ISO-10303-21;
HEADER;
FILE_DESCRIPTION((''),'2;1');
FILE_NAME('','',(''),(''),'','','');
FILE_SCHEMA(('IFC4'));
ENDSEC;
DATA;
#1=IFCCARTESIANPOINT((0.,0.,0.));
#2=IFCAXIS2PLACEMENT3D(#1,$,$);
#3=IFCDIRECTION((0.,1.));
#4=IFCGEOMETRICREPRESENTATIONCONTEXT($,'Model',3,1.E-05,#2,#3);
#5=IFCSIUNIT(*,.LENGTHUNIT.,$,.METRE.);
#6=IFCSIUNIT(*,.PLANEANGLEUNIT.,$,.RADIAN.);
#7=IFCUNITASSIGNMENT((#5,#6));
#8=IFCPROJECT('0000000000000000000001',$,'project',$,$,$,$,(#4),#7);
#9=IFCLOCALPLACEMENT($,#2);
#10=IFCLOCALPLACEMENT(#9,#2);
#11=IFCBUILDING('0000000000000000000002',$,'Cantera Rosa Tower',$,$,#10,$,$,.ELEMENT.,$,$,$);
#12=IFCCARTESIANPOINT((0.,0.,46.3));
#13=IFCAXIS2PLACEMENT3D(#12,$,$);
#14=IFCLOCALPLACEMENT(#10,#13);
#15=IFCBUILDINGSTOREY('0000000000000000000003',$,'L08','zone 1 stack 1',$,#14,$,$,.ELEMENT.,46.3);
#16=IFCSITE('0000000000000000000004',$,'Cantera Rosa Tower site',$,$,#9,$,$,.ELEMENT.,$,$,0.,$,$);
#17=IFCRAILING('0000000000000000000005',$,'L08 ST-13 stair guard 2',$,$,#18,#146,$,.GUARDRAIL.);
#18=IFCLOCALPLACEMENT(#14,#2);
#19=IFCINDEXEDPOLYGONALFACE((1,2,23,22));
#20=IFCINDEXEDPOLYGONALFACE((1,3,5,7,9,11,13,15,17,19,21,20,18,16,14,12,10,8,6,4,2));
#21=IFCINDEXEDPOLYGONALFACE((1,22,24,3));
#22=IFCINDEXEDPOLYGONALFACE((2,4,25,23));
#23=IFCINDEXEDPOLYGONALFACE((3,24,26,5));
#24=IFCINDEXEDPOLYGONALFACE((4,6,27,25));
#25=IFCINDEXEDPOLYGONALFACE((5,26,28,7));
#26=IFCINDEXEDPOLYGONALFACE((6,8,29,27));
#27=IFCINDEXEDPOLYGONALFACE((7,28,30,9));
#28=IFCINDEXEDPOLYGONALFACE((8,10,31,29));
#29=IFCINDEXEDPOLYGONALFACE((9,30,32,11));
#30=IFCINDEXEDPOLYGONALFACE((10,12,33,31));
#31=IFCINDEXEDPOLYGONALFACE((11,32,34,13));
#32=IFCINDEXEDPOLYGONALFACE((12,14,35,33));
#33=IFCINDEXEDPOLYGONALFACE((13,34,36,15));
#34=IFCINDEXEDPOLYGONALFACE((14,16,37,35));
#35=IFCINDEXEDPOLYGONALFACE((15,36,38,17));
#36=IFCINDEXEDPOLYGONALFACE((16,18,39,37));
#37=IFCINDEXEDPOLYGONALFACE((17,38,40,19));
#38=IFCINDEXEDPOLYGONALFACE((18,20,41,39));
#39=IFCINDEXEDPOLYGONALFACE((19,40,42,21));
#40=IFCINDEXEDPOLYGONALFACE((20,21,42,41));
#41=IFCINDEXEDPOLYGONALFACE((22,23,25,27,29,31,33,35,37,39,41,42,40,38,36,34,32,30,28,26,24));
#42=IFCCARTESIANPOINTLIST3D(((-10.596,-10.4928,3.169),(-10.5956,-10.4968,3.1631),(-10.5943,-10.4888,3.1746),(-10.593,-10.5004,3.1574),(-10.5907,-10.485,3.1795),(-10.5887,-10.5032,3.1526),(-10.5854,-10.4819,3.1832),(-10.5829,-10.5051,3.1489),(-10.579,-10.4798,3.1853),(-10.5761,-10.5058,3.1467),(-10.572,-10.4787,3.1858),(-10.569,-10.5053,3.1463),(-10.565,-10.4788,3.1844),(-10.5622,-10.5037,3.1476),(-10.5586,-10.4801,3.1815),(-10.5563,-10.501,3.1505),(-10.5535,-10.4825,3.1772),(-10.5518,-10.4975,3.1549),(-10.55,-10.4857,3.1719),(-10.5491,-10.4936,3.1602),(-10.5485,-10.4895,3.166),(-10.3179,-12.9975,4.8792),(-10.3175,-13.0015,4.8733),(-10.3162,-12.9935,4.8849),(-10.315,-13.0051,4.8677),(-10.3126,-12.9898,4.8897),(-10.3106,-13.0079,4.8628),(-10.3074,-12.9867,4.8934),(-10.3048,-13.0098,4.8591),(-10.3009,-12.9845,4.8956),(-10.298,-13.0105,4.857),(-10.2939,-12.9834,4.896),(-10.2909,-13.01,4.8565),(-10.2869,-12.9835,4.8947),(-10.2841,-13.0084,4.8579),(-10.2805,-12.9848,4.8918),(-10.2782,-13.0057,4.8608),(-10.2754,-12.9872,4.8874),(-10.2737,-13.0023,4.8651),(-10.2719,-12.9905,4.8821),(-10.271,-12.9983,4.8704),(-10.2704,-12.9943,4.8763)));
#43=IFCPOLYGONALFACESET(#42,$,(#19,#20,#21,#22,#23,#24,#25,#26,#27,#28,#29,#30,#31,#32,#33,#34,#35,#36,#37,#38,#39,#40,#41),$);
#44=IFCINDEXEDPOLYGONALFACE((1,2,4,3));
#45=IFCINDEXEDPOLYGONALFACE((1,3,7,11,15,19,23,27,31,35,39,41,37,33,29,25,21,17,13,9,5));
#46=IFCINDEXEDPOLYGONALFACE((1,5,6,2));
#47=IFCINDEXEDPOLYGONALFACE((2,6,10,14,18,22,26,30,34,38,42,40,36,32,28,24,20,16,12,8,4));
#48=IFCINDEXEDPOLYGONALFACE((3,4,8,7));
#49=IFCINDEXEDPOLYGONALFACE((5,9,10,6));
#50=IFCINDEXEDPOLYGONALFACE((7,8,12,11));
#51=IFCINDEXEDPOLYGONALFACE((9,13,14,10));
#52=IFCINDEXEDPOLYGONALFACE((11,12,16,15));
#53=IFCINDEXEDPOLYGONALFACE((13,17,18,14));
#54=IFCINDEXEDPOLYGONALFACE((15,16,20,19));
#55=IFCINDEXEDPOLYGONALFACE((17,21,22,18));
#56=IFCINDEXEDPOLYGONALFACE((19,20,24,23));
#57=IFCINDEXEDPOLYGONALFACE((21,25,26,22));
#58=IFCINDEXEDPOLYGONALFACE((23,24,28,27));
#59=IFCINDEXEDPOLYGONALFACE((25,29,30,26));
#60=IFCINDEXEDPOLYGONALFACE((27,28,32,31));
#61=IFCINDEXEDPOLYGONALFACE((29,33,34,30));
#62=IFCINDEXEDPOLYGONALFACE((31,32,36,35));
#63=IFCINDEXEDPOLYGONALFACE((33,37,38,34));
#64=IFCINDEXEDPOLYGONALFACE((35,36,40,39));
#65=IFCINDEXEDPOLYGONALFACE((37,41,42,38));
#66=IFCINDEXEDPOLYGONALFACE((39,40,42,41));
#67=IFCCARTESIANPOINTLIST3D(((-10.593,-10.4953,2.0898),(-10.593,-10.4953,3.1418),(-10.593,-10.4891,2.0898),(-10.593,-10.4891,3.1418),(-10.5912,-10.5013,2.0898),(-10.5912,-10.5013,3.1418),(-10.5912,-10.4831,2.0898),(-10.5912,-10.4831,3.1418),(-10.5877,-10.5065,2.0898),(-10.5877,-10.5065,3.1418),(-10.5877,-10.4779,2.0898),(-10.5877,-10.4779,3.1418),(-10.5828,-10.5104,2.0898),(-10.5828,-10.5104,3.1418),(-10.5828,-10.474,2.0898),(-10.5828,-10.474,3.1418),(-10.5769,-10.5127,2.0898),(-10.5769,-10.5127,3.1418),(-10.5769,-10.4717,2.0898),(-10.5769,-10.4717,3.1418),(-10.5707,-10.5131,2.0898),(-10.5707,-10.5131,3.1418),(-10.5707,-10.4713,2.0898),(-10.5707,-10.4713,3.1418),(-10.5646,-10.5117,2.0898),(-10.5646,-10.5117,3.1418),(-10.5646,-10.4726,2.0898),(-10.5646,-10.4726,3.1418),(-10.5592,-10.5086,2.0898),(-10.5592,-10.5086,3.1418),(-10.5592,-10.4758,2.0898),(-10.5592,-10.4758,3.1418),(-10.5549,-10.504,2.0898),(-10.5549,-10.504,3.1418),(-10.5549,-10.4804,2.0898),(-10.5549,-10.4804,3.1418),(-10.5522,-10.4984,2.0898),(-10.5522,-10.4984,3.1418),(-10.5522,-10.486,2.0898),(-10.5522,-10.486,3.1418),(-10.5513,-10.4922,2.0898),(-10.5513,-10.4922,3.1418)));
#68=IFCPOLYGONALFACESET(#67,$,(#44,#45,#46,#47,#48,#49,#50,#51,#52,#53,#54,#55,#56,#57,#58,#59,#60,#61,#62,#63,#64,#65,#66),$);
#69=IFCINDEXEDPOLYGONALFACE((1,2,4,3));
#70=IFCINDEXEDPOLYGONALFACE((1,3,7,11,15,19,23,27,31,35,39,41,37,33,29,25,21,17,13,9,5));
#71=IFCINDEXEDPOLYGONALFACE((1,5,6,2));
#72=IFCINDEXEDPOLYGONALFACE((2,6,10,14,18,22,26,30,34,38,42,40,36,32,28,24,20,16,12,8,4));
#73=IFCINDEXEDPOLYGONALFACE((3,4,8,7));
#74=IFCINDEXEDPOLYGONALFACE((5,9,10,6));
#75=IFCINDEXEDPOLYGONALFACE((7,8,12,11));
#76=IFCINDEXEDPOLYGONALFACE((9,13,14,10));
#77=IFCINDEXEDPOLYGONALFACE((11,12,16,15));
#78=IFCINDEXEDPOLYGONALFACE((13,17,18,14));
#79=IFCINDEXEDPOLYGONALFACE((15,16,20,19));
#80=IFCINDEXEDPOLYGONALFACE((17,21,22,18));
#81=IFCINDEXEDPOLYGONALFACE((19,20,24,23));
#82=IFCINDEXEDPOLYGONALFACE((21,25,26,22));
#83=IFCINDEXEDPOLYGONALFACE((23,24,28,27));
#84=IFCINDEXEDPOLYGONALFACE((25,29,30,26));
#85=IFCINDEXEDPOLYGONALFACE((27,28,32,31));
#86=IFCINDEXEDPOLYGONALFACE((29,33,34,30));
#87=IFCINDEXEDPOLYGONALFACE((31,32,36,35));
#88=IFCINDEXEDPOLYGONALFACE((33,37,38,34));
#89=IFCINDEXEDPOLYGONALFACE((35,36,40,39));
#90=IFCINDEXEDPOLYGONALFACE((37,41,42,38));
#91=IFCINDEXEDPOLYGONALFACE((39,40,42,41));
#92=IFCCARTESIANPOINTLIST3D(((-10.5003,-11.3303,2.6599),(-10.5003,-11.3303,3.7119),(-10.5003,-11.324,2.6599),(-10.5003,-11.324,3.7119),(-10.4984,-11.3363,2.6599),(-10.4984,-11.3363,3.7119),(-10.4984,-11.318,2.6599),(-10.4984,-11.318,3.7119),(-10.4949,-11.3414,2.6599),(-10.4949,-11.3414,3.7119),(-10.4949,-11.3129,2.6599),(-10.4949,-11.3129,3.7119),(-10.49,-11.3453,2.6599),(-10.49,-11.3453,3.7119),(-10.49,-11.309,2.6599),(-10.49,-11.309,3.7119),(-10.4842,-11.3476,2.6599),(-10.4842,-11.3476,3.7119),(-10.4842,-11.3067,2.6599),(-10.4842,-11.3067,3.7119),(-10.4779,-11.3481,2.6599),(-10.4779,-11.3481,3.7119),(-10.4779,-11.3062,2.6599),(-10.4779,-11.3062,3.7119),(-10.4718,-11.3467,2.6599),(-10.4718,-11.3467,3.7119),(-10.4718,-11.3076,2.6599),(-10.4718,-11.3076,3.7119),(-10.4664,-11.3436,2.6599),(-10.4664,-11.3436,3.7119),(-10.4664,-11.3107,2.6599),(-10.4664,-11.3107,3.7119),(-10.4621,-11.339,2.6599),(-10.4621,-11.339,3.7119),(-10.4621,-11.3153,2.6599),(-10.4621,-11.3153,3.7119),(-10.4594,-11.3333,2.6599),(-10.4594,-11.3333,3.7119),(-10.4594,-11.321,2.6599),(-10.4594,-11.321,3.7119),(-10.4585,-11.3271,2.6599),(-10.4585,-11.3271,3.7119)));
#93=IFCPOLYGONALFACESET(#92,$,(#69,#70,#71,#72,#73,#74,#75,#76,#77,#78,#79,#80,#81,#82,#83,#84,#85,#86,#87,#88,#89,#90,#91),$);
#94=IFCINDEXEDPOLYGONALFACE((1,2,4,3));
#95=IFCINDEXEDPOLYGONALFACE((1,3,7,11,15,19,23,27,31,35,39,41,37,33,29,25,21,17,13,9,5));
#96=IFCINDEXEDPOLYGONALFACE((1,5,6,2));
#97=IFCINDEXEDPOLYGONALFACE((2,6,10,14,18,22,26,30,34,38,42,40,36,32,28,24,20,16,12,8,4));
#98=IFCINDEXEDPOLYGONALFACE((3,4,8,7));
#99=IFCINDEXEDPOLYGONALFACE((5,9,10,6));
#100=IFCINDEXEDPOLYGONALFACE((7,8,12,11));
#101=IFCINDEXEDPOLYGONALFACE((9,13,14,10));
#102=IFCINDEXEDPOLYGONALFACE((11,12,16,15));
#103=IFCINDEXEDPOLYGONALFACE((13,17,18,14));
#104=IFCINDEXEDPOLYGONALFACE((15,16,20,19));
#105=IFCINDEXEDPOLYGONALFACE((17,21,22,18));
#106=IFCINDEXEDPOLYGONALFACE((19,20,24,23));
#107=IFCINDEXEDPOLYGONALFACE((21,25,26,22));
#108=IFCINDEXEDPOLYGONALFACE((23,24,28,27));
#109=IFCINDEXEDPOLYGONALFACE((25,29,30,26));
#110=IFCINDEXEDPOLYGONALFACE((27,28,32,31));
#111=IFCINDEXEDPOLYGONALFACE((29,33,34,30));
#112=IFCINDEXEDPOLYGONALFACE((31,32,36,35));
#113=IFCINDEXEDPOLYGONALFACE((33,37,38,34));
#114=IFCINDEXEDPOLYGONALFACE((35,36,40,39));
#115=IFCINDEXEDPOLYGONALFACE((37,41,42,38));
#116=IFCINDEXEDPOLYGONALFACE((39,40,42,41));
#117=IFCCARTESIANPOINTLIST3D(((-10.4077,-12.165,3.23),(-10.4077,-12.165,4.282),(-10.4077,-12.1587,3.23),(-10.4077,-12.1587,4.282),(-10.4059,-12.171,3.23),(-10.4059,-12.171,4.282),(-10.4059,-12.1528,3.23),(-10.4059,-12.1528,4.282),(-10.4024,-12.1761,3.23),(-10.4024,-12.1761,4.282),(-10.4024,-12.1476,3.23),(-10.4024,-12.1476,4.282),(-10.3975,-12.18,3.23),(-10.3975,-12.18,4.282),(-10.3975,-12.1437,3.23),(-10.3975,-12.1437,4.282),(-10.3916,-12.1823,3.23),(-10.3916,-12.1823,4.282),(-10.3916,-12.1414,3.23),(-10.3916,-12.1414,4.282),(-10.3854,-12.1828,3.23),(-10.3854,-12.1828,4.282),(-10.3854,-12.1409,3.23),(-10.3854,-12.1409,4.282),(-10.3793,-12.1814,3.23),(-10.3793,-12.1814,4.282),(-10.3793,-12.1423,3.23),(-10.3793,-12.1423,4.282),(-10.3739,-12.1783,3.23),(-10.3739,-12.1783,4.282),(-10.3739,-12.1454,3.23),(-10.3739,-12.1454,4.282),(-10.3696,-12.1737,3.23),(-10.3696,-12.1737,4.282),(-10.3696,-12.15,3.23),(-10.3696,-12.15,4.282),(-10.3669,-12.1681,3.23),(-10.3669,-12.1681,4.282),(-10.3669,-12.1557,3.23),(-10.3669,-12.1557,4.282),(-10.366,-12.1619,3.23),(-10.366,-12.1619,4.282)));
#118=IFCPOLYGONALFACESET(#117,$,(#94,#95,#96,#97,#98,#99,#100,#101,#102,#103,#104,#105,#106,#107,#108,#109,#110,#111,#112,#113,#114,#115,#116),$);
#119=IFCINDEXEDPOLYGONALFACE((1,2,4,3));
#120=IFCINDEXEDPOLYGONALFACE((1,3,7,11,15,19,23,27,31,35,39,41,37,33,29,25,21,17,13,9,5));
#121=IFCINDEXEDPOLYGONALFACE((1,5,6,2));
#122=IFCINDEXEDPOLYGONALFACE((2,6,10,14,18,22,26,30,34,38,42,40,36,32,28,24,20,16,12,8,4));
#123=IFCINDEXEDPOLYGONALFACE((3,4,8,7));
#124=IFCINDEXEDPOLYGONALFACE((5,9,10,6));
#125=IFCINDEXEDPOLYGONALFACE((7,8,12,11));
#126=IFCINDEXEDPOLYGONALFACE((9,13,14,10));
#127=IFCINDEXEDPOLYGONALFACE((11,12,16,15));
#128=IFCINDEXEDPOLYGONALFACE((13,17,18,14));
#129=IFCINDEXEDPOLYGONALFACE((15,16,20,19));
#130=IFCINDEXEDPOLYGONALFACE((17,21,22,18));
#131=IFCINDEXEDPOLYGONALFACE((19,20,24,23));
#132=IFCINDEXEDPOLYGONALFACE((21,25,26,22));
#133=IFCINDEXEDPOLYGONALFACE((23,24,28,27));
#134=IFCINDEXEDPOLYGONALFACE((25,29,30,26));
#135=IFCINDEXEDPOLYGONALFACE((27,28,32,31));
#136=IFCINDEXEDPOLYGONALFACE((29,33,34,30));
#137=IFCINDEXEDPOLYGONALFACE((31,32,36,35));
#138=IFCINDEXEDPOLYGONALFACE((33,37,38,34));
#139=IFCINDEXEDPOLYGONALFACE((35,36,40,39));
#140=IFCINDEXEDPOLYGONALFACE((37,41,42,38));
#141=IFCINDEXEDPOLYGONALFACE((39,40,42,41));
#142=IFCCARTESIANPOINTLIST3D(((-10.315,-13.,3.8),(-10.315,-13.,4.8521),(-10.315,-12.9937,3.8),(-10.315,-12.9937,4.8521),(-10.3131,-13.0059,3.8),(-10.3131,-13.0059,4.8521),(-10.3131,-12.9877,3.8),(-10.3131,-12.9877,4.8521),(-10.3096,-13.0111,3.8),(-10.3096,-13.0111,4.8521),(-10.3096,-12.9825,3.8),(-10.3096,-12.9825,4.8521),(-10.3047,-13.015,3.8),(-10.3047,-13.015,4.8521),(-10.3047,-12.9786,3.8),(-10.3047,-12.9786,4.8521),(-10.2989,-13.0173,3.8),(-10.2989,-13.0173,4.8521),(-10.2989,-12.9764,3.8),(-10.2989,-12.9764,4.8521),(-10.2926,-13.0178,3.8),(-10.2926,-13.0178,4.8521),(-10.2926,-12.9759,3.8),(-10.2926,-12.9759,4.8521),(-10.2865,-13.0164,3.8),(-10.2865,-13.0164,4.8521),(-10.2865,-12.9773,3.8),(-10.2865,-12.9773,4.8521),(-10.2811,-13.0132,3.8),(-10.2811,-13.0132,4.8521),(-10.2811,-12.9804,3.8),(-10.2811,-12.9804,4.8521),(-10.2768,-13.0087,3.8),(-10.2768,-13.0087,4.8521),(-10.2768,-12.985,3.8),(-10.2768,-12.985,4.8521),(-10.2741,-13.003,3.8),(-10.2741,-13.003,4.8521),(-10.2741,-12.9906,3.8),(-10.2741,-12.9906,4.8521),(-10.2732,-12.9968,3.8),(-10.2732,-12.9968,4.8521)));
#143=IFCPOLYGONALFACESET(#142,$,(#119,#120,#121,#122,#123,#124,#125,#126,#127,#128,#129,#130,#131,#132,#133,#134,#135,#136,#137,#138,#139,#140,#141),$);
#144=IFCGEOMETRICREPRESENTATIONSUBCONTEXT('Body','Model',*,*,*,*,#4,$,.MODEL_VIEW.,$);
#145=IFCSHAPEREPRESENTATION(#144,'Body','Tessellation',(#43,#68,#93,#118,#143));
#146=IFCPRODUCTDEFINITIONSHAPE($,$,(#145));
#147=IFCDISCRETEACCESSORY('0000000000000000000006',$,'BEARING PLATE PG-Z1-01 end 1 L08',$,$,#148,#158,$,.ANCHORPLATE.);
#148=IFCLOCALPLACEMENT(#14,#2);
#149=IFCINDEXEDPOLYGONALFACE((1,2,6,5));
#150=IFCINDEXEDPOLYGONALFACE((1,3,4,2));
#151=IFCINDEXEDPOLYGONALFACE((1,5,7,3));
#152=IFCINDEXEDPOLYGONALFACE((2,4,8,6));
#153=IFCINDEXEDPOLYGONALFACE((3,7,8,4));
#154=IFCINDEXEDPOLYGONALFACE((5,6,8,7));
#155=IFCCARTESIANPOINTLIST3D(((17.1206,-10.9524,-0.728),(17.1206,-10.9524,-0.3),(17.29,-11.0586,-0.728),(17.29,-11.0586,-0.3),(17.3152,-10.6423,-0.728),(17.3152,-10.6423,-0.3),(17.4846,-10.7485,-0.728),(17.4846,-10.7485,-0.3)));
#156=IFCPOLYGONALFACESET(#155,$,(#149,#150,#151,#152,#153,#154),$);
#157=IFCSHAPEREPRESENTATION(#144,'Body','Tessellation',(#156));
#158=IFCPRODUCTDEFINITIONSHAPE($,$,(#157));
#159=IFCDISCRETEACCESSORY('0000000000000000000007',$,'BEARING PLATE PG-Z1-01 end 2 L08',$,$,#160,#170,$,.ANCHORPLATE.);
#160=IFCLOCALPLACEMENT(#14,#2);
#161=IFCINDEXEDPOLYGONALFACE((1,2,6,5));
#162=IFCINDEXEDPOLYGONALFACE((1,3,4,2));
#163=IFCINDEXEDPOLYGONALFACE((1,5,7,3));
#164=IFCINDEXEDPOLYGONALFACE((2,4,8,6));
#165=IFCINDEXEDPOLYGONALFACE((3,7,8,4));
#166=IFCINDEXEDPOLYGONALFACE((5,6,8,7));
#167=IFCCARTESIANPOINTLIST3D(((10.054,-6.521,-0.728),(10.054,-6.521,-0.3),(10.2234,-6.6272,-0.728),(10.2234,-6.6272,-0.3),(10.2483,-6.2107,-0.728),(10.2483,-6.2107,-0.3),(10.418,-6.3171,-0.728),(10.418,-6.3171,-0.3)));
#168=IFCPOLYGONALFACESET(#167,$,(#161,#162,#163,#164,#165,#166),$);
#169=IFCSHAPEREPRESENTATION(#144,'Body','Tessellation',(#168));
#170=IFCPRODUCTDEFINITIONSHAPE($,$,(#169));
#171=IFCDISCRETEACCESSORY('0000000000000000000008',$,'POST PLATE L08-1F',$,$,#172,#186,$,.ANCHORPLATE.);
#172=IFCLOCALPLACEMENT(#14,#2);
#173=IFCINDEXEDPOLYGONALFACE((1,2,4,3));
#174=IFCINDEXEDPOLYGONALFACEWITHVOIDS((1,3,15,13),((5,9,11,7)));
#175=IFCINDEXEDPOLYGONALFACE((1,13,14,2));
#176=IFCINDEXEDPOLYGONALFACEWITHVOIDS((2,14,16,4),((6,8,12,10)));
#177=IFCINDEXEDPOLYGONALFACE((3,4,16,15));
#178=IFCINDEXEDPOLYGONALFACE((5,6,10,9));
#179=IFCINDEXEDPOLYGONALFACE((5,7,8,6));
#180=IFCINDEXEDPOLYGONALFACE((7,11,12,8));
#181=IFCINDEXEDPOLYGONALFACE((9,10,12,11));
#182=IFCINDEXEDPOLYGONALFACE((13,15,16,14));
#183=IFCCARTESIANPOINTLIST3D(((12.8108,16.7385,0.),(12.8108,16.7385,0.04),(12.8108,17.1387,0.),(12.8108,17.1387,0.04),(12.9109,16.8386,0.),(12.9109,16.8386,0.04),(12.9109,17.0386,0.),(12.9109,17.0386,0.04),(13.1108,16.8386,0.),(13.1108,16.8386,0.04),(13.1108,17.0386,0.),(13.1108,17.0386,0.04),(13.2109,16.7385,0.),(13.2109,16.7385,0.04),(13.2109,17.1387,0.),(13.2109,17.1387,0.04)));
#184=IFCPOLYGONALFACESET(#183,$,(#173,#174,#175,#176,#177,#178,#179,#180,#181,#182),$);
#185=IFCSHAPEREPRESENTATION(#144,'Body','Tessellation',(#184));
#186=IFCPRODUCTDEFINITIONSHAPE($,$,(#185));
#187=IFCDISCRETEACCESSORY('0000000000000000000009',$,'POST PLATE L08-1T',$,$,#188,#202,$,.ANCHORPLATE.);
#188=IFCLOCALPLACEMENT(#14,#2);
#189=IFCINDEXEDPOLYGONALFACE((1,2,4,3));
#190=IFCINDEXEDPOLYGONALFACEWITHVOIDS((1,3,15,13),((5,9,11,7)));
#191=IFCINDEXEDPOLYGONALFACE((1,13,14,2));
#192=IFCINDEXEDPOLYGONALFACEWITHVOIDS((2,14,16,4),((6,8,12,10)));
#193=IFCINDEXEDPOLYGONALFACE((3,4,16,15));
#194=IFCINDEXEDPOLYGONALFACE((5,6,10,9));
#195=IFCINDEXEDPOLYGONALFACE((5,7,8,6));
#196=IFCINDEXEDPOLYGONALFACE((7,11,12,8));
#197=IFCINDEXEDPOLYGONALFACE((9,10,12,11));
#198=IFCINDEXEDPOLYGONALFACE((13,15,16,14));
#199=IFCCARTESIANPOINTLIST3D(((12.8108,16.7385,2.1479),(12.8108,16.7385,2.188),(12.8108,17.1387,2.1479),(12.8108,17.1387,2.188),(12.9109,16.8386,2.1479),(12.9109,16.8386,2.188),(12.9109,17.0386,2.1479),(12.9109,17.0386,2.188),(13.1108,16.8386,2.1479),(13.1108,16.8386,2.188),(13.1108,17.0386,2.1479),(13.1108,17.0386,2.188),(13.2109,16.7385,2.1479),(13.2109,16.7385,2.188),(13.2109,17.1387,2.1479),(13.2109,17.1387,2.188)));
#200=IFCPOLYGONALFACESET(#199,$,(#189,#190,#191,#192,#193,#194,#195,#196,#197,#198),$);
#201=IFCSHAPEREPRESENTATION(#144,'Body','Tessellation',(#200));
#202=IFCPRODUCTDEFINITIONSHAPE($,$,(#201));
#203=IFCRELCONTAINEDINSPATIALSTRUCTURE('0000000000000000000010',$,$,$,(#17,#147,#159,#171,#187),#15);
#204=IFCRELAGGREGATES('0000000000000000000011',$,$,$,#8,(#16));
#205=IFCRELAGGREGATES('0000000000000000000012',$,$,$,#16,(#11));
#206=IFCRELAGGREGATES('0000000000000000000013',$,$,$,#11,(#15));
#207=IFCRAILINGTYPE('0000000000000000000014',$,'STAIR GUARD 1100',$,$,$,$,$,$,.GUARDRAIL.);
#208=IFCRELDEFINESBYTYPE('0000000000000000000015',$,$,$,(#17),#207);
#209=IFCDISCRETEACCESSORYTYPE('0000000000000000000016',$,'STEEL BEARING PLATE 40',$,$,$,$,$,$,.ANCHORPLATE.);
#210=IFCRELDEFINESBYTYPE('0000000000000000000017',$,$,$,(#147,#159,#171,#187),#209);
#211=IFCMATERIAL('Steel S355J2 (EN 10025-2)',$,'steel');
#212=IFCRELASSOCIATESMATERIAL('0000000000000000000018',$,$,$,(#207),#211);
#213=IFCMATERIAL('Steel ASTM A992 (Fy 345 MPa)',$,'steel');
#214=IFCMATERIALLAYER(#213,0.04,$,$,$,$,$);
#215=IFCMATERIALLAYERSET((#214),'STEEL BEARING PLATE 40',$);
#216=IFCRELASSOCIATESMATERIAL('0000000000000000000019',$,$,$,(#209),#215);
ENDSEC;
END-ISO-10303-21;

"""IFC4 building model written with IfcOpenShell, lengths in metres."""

from ifc_helpers import new_model, si_unit, direction, frame, origin, origin_2d, place, context, subcontext, project, spatial, polyline, circle, outline, extrude, material, layer, layer_set, type_object, element, save


model = new_model("IFC4")

# Units and contexts
model_context = context("Model", 3, precision=1e-05, world=origin(), true_north=direction((0.0, 1.0)))
body_context = subcontext(model_context, "Body", "Model", "MODEL_VIEW")
ifc_project = project(units=[si_unit("LENGTHUNIT", "METRE"), si_unit("PLANEANGLEUNIT", "RADIAN")], contexts=[model_context])

# Site, building, storey
site_placement = place(None, origin())
site = spatial("IfcSite", under=ifc_project, at=site_placement, Name="Cantera Rosa Tower site", CompositionType="ELEMENT", RefElevation=0.0)
building_placement = place(site_placement, origin())
building = spatial("IfcBuilding", under=site, at=building_placement, Name="Cantera Rosa Tower", CompositionType="ELEMENT")
storey_placement = place(building_placement, frame((0.0, 0.0, 46.3)))
storey = spatial("IfcBuildingStorey", under=building, at=storey_placement, Name="L08", Description="zone 1 stack 1", CompositionType="ELEMENT", Elevation=46.3)

# Railing
ifc_material_1 = material(Name="Steel S355J2 (EN 10025-2)", Category="steel")
railing_type = type_object("IfcRailingType", Name="STAIR GUARD 1100", PredefinedType="GUARDRAIL", material=ifc_material_1)
railing_1_placement = place(storey_placement, frame((-10.5723, -10.4922, 2.0898)))
element("IfcRailing", 1, at=railing_1_placement, inside=storey, type_object=railing_type, Name="L08 ST-13 stair guard 2", PredefinedType="GUARDRAIL", context=body_context, shape_type="SweptSolid", body=[
    extrude(circle(Radius=0.0239, at=origin_2d()), frame((0.0, 0.0, 1.0762), z_axis=(0.091306, -0.822394, 0.561543), x_axis=(0.993893, 0.110346, 0.0)), (0.0, 0.0, 1.0), 3.0457),
    extrude(circle(Radius=0.021, at=origin_2d()), origin(), (0.0, 0.0, 1.0), 1.052),
    extrude(circle(Radius=0.021, at=origin_2d()), frame((0.0928, -0.835, 0.5701)), (0.0, 0.0, 1.0), 1.052),
    extrude(circle(Radius=0.021, at=origin_2d()), frame((0.1853, -1.6697, 1.1401)), (0.0, 0.0, 1.0), 1.052),
    extrude(circle(Radius=0.021, at=origin_2d()), frame((0.2781, -2.5046, 1.7102)), (0.0, 0.0, 1.0), 1.052),
])

# Discrete accessories
ifc_material_2 = material(Name="Steel ASTM A992 (Fy 345 MPa)", Category="steel")
ifc_layer_1 = layer(ifc_material_2, 0.04)
ifc_layer_set_1 = layer_set([ifc_layer_1], Name="STEEL BEARING PLATE 40")
discrete_accessory_type = type_object("IfcDiscreteAccessoryType", Name="STEEL BEARING PLATE 40", PredefinedType="ANCHORPLATE", material=ifc_layer_set_1)
discrete_accessory_1_placement = place(storey_placement, frame((0.0, 0.0, -0.728)))
element("IfcDiscreteAccessory", 2, at=discrete_accessory_1_placement, inside=storey, type_object=discrete_accessory_type, Name="BEARING PLATE PG-Z1-01 end 1 L08", PredefinedType="ANCHORPLATE", context=body_context, shape_type="SweptSolid", body=[
    extrude(outline(polyline([(17.1206, -10.9524), (17.29, -11.0586), (17.4846, -10.7485), (17.3152, -10.6423), (17.1206, -10.9524)])), origin(), (0.0, 0.0, 1.0), 0.428),
])
discrete_accessory_2_placement = place(storey_placement, frame((0.0, 0.0, -0.728)))
element("IfcDiscreteAccessory", 3, at=discrete_accessory_2_placement, inside=storey, type_object=discrete_accessory_type, Name="BEARING PLATE PG-Z1-01 end 2 L08", PredefinedType="ANCHORPLATE", context=body_context, shape_type="SweptSolid", body=[
    extrude(outline(polyline([(10.418, -6.3171), (10.2483, -6.2107), (10.054, -6.521), (10.2234, -6.6272), (10.418, -6.3171)])), origin(), (0.0, 0.0, 1.0), 0.428),
])
for number, where, name in (
    (4, (0.0, 0.0, 0.0), "POST PLATE L08-1F"),
    (5, (0.0, 0.0, 2.1479), "POST PLATE L08-1T"),
):
    element("IfcDiscreteAccessory", number, at=place(storey_placement, frame(where)), inside=storey, type_object=discrete_accessory_type, Name=name, PredefinedType="ANCHORPLATE", context=body_context, shape_type="SweptSolid", body=[
        extrude(outline(polyline([(12.8108, 16.7385), (13.2109, 16.7385), (13.2109, 17.1387), (12.8108, 17.1387), (12.8108, 16.7385)]), holes=[polyline([(12.9109, 16.8386), (13.1108, 16.8386), (13.1108, 17.0386), (12.9109, 17.0386), (12.9109, 16.8386)])]), origin(), (0.0, 0.0, 1.0), 0.04),
    ])

save(model, "model.ifc")
